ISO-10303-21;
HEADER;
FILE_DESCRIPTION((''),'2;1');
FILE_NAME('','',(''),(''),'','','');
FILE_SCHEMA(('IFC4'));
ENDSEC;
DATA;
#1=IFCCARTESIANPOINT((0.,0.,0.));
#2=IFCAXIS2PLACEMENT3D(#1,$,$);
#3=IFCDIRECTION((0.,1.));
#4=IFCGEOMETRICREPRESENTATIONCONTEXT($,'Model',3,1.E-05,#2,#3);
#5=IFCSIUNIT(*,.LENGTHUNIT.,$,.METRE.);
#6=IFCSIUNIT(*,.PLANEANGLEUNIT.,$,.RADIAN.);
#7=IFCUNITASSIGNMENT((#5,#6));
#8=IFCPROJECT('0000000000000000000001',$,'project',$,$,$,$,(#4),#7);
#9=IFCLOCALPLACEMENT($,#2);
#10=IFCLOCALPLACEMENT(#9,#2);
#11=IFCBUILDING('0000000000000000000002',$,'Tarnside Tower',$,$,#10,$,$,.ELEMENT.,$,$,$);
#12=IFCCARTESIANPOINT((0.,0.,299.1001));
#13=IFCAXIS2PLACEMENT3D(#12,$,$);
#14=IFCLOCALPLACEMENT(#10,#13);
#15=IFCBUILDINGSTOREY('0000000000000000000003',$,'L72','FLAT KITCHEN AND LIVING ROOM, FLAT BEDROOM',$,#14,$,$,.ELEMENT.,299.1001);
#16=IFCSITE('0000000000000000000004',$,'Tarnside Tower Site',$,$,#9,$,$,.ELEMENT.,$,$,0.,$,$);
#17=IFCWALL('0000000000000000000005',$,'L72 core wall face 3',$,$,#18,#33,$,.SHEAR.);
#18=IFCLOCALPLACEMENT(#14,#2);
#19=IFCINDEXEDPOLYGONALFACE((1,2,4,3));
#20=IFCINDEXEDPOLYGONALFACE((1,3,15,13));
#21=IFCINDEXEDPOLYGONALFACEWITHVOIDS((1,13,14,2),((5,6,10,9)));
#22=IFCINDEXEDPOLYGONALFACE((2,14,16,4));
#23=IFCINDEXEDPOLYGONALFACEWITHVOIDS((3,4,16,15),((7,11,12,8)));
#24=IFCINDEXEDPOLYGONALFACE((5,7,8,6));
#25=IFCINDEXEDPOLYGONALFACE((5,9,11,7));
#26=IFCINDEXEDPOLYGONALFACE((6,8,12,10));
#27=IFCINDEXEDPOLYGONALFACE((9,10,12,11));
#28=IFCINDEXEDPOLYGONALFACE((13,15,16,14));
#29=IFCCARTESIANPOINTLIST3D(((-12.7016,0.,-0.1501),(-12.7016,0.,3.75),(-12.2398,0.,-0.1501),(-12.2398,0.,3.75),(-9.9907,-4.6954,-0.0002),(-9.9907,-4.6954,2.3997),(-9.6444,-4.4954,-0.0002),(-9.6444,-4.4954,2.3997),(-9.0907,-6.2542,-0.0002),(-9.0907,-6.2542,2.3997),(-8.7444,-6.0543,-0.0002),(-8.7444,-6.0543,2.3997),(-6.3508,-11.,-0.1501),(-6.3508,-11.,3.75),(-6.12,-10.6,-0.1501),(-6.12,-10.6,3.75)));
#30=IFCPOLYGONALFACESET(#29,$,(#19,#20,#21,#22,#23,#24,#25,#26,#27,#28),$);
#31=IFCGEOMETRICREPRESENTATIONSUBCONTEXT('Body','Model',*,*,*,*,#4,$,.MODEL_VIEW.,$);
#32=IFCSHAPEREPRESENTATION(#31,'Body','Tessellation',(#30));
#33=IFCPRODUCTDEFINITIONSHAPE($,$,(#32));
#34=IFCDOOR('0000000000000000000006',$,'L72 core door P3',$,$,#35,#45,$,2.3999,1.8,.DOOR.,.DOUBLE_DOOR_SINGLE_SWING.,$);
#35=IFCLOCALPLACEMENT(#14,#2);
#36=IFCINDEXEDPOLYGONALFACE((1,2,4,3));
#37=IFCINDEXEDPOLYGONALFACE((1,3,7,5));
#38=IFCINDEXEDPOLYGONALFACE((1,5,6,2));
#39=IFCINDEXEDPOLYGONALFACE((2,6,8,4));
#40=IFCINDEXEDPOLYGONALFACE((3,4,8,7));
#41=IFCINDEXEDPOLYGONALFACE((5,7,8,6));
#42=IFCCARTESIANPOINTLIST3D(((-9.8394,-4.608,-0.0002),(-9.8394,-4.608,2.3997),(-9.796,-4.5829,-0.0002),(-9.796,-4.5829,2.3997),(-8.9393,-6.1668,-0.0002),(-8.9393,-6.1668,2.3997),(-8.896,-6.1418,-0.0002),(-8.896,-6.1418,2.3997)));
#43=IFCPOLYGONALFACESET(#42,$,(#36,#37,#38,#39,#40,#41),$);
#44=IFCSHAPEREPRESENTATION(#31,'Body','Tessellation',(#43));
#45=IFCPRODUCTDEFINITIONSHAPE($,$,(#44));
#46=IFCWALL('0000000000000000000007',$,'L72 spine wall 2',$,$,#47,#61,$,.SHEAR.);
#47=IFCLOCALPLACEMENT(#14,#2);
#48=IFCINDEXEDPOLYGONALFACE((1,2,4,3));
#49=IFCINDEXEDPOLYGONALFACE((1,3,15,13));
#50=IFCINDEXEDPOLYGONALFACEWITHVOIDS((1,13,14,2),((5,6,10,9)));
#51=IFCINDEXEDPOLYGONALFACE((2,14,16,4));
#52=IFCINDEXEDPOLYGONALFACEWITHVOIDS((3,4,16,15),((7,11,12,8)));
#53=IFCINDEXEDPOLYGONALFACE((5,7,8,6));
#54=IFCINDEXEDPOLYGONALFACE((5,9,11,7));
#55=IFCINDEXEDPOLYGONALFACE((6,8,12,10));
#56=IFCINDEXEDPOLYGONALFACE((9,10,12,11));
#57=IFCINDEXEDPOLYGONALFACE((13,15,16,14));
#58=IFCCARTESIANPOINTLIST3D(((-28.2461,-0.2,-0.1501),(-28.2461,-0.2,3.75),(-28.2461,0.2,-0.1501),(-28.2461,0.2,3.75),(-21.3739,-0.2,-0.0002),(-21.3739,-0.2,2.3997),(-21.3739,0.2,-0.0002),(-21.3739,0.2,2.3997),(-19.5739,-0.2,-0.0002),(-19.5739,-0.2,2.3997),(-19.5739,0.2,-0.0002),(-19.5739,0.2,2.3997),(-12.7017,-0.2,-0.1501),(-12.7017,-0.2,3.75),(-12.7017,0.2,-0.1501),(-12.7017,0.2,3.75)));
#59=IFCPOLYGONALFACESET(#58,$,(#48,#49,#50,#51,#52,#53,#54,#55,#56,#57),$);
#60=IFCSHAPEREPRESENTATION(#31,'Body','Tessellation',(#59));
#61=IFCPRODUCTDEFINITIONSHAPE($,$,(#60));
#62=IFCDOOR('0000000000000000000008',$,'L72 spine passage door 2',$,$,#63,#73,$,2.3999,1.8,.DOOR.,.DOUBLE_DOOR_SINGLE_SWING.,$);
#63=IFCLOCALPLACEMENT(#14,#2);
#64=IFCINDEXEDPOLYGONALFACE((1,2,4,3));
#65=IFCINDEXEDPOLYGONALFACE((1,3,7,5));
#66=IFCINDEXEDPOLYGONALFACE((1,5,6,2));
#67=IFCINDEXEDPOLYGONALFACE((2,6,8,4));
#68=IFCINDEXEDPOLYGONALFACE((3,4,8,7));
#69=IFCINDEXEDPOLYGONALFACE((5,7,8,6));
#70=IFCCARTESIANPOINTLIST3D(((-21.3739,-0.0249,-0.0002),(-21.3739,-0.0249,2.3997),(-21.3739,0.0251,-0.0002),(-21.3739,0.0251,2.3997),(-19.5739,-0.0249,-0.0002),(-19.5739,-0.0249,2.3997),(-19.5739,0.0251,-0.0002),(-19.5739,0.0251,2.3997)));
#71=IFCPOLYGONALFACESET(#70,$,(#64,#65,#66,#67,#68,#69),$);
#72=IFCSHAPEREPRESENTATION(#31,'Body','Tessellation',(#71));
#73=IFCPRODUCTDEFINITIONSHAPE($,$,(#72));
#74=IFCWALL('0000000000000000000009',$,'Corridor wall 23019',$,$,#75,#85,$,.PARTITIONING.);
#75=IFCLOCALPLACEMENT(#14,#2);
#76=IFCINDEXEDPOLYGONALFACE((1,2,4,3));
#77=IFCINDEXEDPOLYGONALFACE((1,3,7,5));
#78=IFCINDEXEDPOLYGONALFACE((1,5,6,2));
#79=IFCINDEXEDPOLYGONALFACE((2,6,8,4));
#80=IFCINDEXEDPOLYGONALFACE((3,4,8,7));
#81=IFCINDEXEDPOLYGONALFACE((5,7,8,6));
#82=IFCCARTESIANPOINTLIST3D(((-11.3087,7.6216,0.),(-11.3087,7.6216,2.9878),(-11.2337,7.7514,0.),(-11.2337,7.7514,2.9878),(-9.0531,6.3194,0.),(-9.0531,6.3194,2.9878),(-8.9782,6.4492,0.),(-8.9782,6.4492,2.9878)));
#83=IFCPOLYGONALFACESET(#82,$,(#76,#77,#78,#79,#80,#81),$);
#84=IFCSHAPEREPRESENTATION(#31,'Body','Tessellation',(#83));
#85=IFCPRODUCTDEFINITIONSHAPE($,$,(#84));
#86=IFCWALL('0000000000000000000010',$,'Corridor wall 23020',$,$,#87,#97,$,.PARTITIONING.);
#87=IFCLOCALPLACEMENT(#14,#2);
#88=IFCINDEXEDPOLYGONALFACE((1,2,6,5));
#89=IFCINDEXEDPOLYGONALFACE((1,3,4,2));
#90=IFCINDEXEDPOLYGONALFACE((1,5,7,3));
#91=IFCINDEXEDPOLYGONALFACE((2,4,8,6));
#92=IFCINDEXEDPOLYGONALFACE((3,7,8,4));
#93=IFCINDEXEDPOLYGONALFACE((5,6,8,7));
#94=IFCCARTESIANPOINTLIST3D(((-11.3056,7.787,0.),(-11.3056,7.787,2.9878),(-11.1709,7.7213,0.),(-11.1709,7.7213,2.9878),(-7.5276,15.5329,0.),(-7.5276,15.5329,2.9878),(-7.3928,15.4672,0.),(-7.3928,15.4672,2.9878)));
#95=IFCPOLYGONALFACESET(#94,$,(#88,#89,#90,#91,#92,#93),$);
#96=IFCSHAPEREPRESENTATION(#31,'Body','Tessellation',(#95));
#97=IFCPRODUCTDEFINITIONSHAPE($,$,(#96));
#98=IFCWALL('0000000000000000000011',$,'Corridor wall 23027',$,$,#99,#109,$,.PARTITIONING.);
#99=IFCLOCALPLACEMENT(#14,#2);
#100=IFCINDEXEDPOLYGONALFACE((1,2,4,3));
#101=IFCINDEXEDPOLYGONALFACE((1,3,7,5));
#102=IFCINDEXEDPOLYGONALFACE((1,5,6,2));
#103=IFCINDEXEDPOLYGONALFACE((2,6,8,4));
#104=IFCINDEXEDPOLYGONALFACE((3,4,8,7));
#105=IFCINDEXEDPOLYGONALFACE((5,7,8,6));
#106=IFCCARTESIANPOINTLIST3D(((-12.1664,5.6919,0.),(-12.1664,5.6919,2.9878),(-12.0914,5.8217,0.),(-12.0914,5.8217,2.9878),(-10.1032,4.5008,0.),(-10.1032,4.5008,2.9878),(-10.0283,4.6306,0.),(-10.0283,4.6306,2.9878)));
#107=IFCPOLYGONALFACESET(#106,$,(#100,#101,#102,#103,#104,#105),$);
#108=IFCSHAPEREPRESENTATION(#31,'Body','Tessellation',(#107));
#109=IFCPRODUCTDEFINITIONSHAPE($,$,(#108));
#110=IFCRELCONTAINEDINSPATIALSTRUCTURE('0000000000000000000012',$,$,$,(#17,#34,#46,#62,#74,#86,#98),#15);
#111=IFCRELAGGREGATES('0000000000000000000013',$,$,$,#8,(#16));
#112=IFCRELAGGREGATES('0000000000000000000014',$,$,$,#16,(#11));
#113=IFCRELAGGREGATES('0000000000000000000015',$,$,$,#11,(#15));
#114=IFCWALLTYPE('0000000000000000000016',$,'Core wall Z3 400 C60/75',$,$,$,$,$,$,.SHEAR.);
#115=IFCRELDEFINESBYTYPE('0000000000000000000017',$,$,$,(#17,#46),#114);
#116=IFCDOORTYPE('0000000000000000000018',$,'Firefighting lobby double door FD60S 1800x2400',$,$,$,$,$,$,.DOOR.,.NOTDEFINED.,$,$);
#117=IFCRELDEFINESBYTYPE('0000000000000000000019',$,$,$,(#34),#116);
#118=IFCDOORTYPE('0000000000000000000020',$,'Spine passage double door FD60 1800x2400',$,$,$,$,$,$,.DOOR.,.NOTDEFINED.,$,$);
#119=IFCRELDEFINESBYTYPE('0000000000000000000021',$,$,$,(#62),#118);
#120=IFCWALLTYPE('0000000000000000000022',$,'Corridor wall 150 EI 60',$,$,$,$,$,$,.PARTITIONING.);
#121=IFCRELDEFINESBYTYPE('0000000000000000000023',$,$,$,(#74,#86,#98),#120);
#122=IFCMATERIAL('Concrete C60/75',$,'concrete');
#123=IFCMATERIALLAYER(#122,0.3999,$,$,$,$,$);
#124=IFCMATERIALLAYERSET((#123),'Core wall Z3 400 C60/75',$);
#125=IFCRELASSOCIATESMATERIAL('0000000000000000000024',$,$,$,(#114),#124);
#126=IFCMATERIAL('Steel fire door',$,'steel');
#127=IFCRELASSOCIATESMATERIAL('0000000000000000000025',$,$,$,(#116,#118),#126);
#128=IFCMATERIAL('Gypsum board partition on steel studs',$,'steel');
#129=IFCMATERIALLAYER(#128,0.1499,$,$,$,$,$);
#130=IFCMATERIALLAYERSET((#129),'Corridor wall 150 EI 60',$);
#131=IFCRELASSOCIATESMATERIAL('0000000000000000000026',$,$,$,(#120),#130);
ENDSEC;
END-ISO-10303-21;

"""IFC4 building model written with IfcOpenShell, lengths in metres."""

from ifc_helpers import new_model, si_unit, direction, frame, frame_2d, origin, place, context, subcontext, project, spatial, polyline, rectangle, outline, extrude, material, layer, layer_set, type_object, element, fill, save


model = new_model("IFC4")

# Units and contexts
model_context = context("Model", 3, precision=1e-05, world=origin(), true_north=direction((0.0, 1.0)))
body_context = subcontext(model_context, "Body", "Model", "MODEL_VIEW")
ifc_project = project(units=[si_unit("LENGTHUNIT", "METRE"), si_unit("PLANEANGLEUNIT", "RADIAN")], contexts=[model_context])

# Site, building, storey
site_placement = place(None, origin())
site = spatial("IfcSite", under=ifc_project, at=site_placement, Name="Tarnside Tower Site", CompositionType="ELEMENT", RefElevation=0.0)
building_placement = place(site_placement, origin())
building = spatial("IfcBuilding", under=site, at=building_placement, Name="Tarnside Tower", CompositionType="ELEMENT")
storey_placement = place(building_placement, frame((0.0, 0.0, 299.1001)))
storey = spatial("IfcBuildingStorey", under=building, at=storey_placement, Name="L72", Description="FLAT KITCHEN AND LIVING ROOM, FLAT BEDROOM", CompositionType="ELEMENT", Elevation=299.1001)

# Walls, openings, doors
ifc_material_1 = material(Name="Concrete C60/75", Category="concrete")
ifc_layer_1 = layer(ifc_material_1, 0.3999)
ifc_layer_set_1 = layer_set([ifc_layer_1], Name="Core wall Z3 400 C60/75")
wall_type_1 = type_object("IfcWallType", Name="Core wall Z3 400 C60/75", PredefinedType="SHEAR", material=ifc_layer_set_1)
wall_1_placement = place(storey_placement, frame((-12.4707, 0.0, -0.1501), z_axis=(0.0, 0.0, 1.0), x_axis=(0.499996, -0.866027, 0.0)))
wall_1 = element("IfcWall", 1, at=wall_1_placement, inside=storey, type_object=wall_type_1, Name="L72 core wall face 3", PredefinedType="SHEAR", context=body_context, shape_type="SweptSolid", body=[
    extrude(outline(polyline([(-0.1155, -0.2), (12.5862, -0.2), (12.3552, 0.2), (0.1155, 0.2), (-0.1155, -0.2)])), origin(), (0.0, 0.0, 1.0), 3.9001),
])
opening_1_placement = place(wall_1_placement, frame((5.3064, 0.0, 0.1499)))
opening_1 = element("IfcOpeningElement", 2, at=opening_1_placement, cuts=wall_1, PredefinedType="OPENING", context=body_context, shape_type="SweptSolid", body=[
    extrude(rectangle(XDim=1.8, YDim=2.3999, at=frame_2d((0.8999, 1.2))), frame((0.0, 0.21, 0.0), z_axis=(0.0, -1.0, 0.0), x_axis=(1.0, 0.0, 0.0)), (0.0, 0.0, 1.0), 0.4199),
])
ifc_material_2 = material(Name="Steel fire door", Category="steel")
door_type_1 = type_object("IfcDoorType", Name="Firefighting lobby double door FD60S 1800x2400", OperationType="NOTDEFINED", PredefinedType="DOOR", material=ifc_material_2)
door_1_placement = place(opening_1_placement, origin())
door_1 = element("IfcDoor", 3, at=door_1_placement, inside=storey, type_object=door_type_1, Name="L72 core door P3", OperationType="DOUBLE_DOOR_SINGLE_SWING", OverallHeight=2.3999, OverallWidth=1.8, PredefinedType="DOOR", context=body_context, shape_type="SweptSolid", body=[
    extrude(rectangle(XDim=1.8, YDim=2.3999, at=frame_2d((0.8999, 1.2))), frame((0.0, 0.0249, 0.0), z_axis=(0.0, -1.0, 0.0), x_axis=(1.0, 0.0, 0.0)), (0.0, 0.0, 1.0), 0.05),
])
fill(opening_1, door_1)
wall_2_placement = place(storey_placement, frame((-12.7017, 0.0, -0.1501), z_axis=(0.0, 0.0, 1.0), x_axis=(-1.0, 0.0, 0.0)))
wall_2 = element("IfcWall", 4, at=wall_2_placement, inside=storey, type_object=wall_type_1, Name="L72 spine wall 2", PredefinedType="SHEAR", context=body_context, shape_type="SweptSolid", body=[
    extrude(rectangle(XDim=15.5444, YDim=0.3999, at=frame_2d((7.7722, 0.0))), origin(), (0.0, 0.0, 1.0), 3.9001),
])
opening_2_placement = place(wall_2_placement, frame((6.8723, 0.0, 0.1499)))
opening_2 = element("IfcOpeningElement", 5, at=opening_2_placement, cuts=wall_2, PredefinedType="OPENING", context=body_context, shape_type="SweptSolid", body=[
    extrude(rectangle(XDim=1.8, YDim=2.3999, at=frame_2d((0.8999, 1.2))), frame((0.0, 0.21, 0.0), z_axis=(0.0, -1.0, 0.0), x_axis=(1.0, 0.0, 0.0)), (0.0, 0.0, 1.0), 0.4199),
])
door_type_2 = type_object("IfcDoorType", Name="Spine passage double door FD60 1800x2400", OperationType="NOTDEFINED", PredefinedType="DOOR", material=ifc_material_2)
door_2_placement = place(opening_2_placement, origin())
door_2 = element("IfcDoor", 6, at=door_2_placement, inside=storey, type_object=door_type_2, Name="L72 spine passage door 2", OperationType="DOUBLE_DOOR_SINGLE_SWING", OverallHeight=2.3999, OverallWidth=1.8, PredefinedType="DOOR", context=body_context, shape_type="SweptSolid", body=[
    extrude(rectangle(XDim=1.8, YDim=2.3999, at=frame_2d((0.8999, 1.2))), frame((0.0, 0.0249, 0.0), z_axis=(0.0, -1.0, 0.0), x_axis=(1.0, 0.0, 0.0)), (0.0, 0.0, 1.0), 0.05),
])
fill(opening_2, door_2)

# Walls
ifc_material_3 = material(Name="Gypsum board partition on steel studs", Category="steel")
ifc_layer_2 = layer(ifc_material_3, 0.1499)
ifc_layer_set_2 = layer_set([ifc_layer_2], Name="Corridor wall 150 EI 60")
wall_type_2 = type_object("IfcWallType", Name="Corridor wall 150 EI 60", PredefinedType="PARTITIONING", material=ifc_layer_set_2)
wall_3_placement = place(storey_placement, frame((-9.0156, 6.3843, 0.0), z_axis=(0.0, 0.0, 1.0), x_axis=(-0.866031, 0.49999, 0.0)))
element("IfcWall", 7, at=wall_3_placement, inside=storey, type_object=wall_type_2, Name="Corridor wall 23019", PredefinedType="PARTITIONING", context=body_context, shape_type="SweptSolid", body=[
    extrude(rectangle(XDim=2.6045, YDim=0.1499, at=frame_2d((1.3022, 0.0))), origin(), (0.0, 0.0, 1.0), 2.9878),
])
wall_4_placement = place(storey_placement, frame((-11.2383, 7.7542, 0.0), z_axis=(0.0, 0.0, 1.0), x_axis=(0.438387, 0.898786, 0.0)))
element("IfcWall", 8, at=wall_4_placement, inside=storey, type_object=wall_type_2, Name="Corridor wall 23020", PredefinedType="PARTITIONING", context=body_context, shape_type="SweptSolid", body=[
    extrude(rectangle(XDim=8.6182, YDim=0.1499, at=frame_2d((4.3091, 0.0))), origin(), (0.0, 0.0, 1.0), 2.9878),
])
wall_5_placement = place(storey_placement, frame((-12.1289, 5.7568, 0.0), z_axis=(0.0, 0.0, 1.0), x_axis=(0.866034, -0.499986, 0.0)))
element("IfcWall", 9, at=wall_5_placement, inside=storey, type_object=wall_type_2, Name="Corridor wall 23027", PredefinedType="PARTITIONING", context=body_context, shape_type="SweptSolid", body=[
    extrude(rectangle(XDim=2.3823, YDim=0.1499, at=frame_2d((1.1912, 0.0))), origin(), (0.0, 0.0, 1.0), 2.9878),
])

save(model, "model.ifc")
